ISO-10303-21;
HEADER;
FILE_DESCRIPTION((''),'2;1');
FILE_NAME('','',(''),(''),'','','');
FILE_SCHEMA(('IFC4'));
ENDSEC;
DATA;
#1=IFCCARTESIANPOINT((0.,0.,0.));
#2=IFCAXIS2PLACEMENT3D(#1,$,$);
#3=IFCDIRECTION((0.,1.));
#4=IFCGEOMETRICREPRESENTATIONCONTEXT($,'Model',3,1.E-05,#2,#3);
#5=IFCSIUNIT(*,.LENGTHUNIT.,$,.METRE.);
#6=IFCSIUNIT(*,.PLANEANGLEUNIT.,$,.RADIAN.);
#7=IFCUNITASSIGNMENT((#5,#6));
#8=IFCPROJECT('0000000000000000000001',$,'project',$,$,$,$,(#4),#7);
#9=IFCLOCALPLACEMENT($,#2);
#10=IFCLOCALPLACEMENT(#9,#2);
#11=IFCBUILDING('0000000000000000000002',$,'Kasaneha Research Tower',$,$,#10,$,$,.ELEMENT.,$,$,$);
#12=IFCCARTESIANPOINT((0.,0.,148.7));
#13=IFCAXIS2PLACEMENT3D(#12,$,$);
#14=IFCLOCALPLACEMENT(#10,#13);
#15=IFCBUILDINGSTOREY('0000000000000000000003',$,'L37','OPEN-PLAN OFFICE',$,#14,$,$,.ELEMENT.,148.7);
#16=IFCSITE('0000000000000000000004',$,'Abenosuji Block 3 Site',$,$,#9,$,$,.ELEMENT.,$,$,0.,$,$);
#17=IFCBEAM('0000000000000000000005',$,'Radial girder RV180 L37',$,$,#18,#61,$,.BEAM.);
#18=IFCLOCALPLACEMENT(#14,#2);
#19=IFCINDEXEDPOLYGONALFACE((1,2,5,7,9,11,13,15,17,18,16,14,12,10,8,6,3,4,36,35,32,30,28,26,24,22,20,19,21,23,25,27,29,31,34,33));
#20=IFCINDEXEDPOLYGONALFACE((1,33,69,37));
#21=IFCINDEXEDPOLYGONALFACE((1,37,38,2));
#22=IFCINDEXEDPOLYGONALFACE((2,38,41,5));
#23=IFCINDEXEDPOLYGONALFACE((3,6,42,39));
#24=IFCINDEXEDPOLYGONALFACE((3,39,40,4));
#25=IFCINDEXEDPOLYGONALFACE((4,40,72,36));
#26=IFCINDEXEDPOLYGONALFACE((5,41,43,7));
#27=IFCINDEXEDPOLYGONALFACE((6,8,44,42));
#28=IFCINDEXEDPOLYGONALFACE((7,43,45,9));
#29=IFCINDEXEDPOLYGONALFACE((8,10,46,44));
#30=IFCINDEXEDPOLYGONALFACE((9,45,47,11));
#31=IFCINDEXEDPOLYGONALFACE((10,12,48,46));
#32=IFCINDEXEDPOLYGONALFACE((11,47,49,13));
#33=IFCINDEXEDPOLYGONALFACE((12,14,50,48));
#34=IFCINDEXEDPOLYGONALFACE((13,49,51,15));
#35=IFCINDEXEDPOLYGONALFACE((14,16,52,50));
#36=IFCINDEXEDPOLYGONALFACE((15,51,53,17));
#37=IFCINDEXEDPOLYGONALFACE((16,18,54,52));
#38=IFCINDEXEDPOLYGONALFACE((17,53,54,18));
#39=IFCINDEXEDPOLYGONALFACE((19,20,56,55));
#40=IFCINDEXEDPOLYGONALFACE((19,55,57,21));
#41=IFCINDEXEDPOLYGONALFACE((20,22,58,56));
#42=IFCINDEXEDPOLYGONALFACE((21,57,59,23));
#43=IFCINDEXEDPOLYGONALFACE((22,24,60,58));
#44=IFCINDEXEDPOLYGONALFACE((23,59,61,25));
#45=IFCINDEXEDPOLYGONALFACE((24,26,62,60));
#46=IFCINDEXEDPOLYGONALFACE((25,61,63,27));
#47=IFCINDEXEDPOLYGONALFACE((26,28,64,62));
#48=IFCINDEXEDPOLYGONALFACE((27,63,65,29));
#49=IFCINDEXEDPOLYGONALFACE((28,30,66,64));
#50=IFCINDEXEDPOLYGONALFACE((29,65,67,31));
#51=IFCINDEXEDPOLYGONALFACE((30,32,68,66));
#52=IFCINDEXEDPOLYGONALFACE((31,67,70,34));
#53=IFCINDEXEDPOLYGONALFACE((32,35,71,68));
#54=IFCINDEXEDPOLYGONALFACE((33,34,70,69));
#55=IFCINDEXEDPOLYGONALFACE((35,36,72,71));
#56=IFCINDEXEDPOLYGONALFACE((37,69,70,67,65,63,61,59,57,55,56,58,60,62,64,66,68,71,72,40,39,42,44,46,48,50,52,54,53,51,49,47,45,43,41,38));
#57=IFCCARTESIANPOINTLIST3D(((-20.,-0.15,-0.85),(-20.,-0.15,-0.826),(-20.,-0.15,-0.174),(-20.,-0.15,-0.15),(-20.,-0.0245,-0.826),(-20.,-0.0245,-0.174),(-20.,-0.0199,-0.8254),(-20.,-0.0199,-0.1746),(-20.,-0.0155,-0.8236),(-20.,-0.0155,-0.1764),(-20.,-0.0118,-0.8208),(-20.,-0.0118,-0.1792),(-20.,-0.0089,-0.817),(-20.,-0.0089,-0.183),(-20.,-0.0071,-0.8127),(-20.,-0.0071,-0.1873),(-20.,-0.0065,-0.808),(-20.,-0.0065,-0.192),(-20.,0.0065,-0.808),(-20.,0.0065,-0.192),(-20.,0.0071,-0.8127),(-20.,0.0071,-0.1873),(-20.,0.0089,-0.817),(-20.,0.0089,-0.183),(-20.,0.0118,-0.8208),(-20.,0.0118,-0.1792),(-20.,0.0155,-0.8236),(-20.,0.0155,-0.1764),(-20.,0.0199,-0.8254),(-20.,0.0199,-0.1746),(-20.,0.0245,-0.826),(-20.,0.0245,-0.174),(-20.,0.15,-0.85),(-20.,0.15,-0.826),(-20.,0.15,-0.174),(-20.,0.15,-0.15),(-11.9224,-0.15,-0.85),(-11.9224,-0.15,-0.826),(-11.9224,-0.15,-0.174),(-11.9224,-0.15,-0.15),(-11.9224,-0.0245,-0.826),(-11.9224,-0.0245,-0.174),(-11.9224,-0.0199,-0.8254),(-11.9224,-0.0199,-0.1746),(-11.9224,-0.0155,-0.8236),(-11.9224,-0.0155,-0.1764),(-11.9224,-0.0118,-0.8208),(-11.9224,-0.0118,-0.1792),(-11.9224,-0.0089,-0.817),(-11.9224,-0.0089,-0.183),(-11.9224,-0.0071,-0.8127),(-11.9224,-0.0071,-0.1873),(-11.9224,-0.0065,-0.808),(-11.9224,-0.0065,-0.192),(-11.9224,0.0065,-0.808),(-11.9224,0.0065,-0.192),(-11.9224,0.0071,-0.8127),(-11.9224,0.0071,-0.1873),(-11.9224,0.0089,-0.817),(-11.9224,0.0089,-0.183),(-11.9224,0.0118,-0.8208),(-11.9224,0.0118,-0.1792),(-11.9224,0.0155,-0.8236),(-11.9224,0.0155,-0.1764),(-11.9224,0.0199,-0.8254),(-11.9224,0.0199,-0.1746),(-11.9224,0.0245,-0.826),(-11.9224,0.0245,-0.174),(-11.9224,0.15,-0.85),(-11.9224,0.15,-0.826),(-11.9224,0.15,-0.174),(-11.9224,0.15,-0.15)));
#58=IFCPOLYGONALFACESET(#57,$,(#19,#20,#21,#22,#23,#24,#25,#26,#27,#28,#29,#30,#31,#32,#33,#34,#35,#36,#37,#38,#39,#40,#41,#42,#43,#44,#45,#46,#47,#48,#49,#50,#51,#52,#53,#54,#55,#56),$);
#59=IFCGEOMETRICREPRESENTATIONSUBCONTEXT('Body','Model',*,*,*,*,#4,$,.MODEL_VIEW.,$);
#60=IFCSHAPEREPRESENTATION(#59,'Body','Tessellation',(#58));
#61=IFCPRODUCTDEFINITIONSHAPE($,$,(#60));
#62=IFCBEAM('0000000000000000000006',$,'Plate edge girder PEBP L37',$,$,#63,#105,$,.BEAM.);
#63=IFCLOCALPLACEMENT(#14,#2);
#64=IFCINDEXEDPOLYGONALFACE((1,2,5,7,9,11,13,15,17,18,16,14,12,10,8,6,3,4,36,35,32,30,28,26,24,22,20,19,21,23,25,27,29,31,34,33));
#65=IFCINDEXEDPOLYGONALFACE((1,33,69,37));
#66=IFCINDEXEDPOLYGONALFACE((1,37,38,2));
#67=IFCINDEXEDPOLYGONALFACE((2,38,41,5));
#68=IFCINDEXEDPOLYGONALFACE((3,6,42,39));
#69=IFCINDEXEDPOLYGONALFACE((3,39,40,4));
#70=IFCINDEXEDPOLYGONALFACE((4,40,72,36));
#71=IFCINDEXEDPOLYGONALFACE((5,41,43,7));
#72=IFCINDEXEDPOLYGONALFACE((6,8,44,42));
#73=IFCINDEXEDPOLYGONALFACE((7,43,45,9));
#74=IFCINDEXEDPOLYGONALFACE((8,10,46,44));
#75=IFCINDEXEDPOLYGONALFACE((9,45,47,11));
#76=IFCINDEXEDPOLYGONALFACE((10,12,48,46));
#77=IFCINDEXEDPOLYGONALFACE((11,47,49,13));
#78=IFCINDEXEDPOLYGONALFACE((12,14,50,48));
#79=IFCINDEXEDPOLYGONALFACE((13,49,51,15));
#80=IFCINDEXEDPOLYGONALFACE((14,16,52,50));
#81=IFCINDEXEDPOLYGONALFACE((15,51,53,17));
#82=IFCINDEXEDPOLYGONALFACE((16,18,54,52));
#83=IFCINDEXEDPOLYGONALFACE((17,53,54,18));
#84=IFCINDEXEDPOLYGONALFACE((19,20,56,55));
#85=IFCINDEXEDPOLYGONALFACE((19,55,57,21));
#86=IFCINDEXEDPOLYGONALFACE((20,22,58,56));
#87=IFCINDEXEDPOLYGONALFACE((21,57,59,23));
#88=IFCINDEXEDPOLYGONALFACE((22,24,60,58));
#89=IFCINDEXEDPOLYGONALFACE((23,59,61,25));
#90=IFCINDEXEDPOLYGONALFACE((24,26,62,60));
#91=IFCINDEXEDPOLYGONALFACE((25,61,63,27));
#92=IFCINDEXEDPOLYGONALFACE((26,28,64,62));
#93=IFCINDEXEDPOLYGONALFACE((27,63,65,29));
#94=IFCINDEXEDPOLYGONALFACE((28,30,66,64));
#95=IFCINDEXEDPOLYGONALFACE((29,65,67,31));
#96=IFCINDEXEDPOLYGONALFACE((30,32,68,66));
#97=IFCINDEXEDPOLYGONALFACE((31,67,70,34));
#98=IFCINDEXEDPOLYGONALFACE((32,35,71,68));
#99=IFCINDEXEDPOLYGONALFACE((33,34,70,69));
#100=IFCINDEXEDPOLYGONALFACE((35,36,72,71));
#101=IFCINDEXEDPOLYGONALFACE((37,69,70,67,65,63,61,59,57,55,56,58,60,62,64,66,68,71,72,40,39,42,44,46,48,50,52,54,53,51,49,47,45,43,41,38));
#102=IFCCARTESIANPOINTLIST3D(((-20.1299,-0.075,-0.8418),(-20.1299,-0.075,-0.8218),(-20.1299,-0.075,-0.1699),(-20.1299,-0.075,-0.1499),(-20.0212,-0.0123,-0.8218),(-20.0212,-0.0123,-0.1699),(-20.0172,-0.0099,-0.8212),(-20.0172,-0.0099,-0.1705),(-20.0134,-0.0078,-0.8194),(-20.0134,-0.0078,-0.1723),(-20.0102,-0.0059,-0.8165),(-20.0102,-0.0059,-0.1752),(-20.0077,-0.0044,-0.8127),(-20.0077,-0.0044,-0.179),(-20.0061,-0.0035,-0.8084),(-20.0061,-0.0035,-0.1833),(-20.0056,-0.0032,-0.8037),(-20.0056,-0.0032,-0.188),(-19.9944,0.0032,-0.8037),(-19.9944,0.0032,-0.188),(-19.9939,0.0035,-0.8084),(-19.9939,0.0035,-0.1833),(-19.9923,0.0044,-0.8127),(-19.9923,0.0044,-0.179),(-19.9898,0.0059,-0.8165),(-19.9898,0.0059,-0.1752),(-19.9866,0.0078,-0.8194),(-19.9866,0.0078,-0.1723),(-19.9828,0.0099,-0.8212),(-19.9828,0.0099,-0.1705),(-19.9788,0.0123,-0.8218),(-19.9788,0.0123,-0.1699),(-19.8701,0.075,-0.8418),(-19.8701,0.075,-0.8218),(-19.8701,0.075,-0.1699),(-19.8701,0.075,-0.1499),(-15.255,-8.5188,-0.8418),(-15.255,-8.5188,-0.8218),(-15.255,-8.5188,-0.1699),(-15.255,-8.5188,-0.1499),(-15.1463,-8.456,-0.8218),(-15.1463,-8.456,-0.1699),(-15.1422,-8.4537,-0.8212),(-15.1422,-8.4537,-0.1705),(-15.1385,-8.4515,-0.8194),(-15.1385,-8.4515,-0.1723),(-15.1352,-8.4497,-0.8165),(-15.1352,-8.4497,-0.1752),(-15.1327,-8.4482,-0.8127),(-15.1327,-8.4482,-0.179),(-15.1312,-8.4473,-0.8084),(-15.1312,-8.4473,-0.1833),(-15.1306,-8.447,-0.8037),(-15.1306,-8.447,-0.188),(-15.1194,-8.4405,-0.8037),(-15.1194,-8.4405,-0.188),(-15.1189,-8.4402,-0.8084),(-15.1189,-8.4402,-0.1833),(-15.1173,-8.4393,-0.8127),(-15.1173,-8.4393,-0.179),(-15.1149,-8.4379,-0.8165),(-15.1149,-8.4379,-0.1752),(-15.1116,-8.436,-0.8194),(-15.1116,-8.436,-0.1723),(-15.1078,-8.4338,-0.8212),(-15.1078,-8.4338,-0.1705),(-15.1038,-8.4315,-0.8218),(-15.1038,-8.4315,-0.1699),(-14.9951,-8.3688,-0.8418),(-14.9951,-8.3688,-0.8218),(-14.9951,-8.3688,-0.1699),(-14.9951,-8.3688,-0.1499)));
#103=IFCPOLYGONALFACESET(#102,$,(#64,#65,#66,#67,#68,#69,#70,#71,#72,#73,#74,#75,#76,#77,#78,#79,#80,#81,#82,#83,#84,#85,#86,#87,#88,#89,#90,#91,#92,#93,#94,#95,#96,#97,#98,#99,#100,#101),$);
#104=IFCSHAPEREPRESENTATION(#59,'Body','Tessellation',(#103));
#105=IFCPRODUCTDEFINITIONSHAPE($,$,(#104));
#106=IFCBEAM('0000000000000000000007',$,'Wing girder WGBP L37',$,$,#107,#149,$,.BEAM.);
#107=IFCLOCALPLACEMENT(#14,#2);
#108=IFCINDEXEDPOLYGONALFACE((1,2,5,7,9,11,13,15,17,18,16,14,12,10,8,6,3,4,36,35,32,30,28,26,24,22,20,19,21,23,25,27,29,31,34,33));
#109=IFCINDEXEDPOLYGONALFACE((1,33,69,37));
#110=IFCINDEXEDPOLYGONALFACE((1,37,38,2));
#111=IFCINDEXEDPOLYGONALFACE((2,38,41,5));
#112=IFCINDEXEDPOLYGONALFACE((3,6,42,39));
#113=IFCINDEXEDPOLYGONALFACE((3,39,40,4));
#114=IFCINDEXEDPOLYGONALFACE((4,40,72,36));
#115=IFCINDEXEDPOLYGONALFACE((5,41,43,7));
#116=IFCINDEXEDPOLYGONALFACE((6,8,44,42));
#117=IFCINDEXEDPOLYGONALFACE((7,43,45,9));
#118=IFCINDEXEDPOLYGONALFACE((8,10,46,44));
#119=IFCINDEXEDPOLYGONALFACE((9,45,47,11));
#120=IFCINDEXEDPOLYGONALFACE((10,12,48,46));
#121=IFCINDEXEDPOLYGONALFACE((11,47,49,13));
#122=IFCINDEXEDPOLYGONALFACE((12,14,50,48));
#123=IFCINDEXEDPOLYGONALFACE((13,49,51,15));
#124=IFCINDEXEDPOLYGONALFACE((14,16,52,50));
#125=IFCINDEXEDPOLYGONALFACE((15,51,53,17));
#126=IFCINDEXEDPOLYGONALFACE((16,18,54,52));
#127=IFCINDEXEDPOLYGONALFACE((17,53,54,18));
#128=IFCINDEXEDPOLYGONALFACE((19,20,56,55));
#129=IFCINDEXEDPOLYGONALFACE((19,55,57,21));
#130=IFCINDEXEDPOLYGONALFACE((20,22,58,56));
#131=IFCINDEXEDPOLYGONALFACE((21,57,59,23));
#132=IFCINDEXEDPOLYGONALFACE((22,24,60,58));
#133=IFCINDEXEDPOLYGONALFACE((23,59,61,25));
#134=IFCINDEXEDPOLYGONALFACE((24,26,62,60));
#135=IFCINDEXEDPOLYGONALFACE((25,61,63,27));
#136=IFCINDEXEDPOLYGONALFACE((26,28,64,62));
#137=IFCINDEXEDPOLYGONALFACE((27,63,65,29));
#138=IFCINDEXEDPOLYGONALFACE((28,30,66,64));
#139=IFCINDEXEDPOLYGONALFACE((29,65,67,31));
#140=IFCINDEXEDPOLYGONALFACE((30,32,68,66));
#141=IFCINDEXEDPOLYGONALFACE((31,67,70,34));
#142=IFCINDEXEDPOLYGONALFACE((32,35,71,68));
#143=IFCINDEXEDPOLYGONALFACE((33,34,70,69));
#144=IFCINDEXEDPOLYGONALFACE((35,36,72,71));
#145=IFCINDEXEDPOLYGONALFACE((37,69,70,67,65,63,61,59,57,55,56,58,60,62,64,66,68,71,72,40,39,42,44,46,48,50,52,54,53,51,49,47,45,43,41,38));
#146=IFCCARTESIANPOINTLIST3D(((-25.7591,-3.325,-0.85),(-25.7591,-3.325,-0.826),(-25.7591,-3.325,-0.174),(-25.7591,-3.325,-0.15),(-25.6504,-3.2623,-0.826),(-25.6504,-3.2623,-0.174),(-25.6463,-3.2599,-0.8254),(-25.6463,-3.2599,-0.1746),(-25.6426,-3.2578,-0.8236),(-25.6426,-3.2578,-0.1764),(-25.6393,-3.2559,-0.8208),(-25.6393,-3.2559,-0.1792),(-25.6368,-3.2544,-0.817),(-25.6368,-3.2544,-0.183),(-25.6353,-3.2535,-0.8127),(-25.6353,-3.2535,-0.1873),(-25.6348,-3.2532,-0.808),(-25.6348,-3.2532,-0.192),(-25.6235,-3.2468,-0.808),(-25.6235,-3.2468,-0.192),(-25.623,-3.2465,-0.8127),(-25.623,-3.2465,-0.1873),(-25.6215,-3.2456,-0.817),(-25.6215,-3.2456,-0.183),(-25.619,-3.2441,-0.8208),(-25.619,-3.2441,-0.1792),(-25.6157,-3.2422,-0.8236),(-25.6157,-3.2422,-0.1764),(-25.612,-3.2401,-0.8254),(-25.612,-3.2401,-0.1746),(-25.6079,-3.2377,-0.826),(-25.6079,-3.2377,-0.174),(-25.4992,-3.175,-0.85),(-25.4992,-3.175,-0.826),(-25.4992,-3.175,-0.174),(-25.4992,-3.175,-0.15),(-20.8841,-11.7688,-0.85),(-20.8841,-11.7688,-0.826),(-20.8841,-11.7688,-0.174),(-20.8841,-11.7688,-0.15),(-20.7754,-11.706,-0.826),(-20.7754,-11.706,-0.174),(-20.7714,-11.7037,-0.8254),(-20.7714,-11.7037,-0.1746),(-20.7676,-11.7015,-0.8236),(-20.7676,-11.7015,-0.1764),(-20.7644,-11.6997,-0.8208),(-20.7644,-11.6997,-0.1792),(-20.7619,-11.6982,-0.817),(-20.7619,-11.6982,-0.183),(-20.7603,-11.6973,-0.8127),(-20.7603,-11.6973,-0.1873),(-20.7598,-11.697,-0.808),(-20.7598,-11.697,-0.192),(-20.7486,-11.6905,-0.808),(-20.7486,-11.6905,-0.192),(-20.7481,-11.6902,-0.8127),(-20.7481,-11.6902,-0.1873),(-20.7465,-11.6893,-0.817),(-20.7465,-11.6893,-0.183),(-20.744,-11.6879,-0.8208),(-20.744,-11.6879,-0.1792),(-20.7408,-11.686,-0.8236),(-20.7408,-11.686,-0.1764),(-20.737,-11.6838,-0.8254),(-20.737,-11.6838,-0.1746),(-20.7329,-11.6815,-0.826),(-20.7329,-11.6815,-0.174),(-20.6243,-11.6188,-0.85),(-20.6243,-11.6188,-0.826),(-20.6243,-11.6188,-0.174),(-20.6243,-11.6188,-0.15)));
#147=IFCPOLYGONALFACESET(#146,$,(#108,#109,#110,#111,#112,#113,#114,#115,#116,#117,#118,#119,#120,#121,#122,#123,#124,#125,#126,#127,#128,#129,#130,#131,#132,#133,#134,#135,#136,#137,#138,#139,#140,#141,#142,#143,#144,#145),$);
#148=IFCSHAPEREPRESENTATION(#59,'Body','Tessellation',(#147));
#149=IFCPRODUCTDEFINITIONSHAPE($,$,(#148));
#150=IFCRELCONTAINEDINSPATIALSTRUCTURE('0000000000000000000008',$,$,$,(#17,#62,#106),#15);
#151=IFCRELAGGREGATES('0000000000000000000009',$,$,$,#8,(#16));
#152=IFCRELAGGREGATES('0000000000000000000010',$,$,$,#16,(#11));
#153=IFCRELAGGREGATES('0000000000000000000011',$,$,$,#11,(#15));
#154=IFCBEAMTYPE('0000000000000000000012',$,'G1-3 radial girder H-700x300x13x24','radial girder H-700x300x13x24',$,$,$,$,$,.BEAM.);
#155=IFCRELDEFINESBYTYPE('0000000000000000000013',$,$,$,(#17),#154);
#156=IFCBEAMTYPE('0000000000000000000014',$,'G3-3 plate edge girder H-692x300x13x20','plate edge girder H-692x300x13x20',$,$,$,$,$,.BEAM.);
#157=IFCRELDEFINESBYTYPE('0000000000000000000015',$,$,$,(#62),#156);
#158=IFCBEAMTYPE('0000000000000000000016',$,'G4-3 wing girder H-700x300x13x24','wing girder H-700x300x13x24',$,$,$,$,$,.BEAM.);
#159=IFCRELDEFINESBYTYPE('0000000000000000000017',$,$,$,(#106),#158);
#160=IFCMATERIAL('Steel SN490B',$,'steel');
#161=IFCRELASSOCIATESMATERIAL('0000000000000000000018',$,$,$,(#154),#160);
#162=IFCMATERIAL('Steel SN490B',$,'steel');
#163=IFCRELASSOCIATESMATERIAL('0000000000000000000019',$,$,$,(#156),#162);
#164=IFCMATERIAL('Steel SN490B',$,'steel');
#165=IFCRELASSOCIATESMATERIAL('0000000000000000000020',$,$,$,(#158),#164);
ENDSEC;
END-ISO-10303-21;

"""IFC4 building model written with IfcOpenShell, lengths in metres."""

from ifc_helpers import new_model, si_unit, direction, frame, origin, origin_2d, place, context, subcontext, project, spatial, i_section, extrude, material, material_profile, profile_set, type_object, element, save


model = new_model("IFC4")

# Units and contexts
model_context = context("Model", 3, precision=1e-05, world=origin(), true_north=direction((0.0, 1.0)))
body_context = subcontext(model_context, "Body", "Model", "MODEL_VIEW")
ifc_project = project(units=[si_unit("LENGTHUNIT", "METRE"), si_unit("PLANEANGLEUNIT", "RADIAN")], contexts=[model_context])

# Site, building, storey
site_placement = place(None, origin())
site = spatial("IfcSite", under=ifc_project, at=site_placement, Name="Abenosuji Block 3 Site", CompositionType="ELEMENT", RefElevation=0.0)
building_placement = place(site_placement, origin())
building = spatial("IfcBuilding", under=site, at=building_placement, Name="Kasaneha Research Tower", CompositionType="ELEMENT")
storey_placement = place(building_placement, frame((0.0, 0.0, 148.7)))
storey = spatial("IfcBuildingStorey", under=building, at=storey_placement, Name="L37", Description="OPEN-PLAN OFFICE", CompositionType="ELEMENT", Elevation=148.7)

# Beams
ifc_material_1 = material(Name="Steel SN490B", Category="steel")
ifc_material_profile_1 = material_profile(ifc_material_1, i_section(OverallWidth=0.3, OverallDepth=0.7, WebThickness=0.0129, FlangeThickness=0.0239, FilletRadius=0.0181, at=origin_2d()), Name="H-700x300x13x24")
ifc_profile_set_1 = profile_set([ifc_material_profile_1], Name="Steel SN490B")
beam_type_1 = type_object("IfcBeamType", Name="G1-3 radial girder H-700x300x13x24", Description="radial girder H-700x300x13x24", PredefinedType="BEAM", material=ifc_profile_set_1)
beam_1_placement = place(storey_placement, frame((-11.9224, 0.0, -0.5), z_axis=(-1.0, 0.0, 0.0), x_axis=(0.0, -1.0, 0.0)))
element("IfcBeam", 1, at=beam_1_placement, inside=storey, type_object=beam_type_1, Name="Radial girder RV180 L37", PredefinedType="BEAM", context=body_context, shape_type="SweptSolid", body=[
    extrude(i_section(OverallWidth=0.3, OverallDepth=0.7, WebThickness=0.0129, FlangeThickness=0.0239, FilletRadius=0.0181, at=origin_2d()), origin(), (0.0, 0.0, 1.0), 8.0776),
])
ifc_material_2 = material(Name="Steel SN490B", Category="steel")
ifc_material_profile_2 = material_profile(ifc_material_2, i_section(OverallWidth=0.3, OverallDepth=0.6919, WebThickness=0.0129, FlangeThickness=0.02, FilletRadius=0.0181, at=origin_2d()), Name="H-692x300x13x20")
ifc_profile_set_2 = profile_set([ifc_material_profile_2], Name="Steel SN490B")
beam_type_2 = type_object("IfcBeamType", Name="G3-3 plate edge girder H-692x300x13x20", Description="plate edge girder H-692x300x13x20", PredefinedType="BEAM", material=ifc_profile_set_2)
beam_2_placement = place(storey_placement, frame((-20.0, 0.0, -0.4958), z_axis=(0.499996, -0.866028, 0.0), x_axis=(0.866028, 0.499996, 0.0)))
element("IfcBeam", 2, at=beam_2_placement, inside=storey, type_object=beam_type_2, Name="Plate edge girder PEBP L37", PredefinedType="BEAM", context=body_context, shape_type="SweptSolid", body=[
    extrude(i_section(OverallWidth=0.3, OverallDepth=0.6919, WebThickness=0.0129, FlangeThickness=0.02, FilletRadius=0.0181, at=origin_2d()), origin(), (0.0, 0.0, 1.0), 9.75),
])
ifc_material_3 = material(Name="Steel SN490B", Category="steel")
ifc_material_profile_3 = material_profile(ifc_material_3, i_section(OverallWidth=0.3, OverallDepth=0.7, WebThickness=0.0129, FlangeThickness=0.0239, FilletRadius=0.0181, at=origin_2d()), Name="H-700x300x13x24")
ifc_profile_set_3 = profile_set([ifc_material_profile_3], Name="Steel SN490B")
beam_type_3 = type_object("IfcBeamType", Name="G4-3 wing girder H-700x300x13x24", Description="wing girder H-700x300x13x24", PredefinedType="BEAM", material=ifc_profile_set_3)
beam_3_placement = place(storey_placement, frame((-25.6292, -3.25, -0.5), z_axis=(0.499996, -0.866028, 0.0), x_axis=(0.866028, 0.499996, 0.0)))
element("IfcBeam", 3, at=beam_3_placement, inside=storey, type_object=beam_type_3, Name="Wing girder WGBP L37", PredefinedType="BEAM", context=body_context, shape_type="SweptSolid", body=[
    extrude(i_section(OverallWidth=0.3, OverallDepth=0.7, WebThickness=0.0129, FlangeThickness=0.0239, FilletRadius=0.0181, at=origin_2d()), origin(), (0.0, 0.0, 1.0), 9.75),
])

save(model, "model.ifc")
